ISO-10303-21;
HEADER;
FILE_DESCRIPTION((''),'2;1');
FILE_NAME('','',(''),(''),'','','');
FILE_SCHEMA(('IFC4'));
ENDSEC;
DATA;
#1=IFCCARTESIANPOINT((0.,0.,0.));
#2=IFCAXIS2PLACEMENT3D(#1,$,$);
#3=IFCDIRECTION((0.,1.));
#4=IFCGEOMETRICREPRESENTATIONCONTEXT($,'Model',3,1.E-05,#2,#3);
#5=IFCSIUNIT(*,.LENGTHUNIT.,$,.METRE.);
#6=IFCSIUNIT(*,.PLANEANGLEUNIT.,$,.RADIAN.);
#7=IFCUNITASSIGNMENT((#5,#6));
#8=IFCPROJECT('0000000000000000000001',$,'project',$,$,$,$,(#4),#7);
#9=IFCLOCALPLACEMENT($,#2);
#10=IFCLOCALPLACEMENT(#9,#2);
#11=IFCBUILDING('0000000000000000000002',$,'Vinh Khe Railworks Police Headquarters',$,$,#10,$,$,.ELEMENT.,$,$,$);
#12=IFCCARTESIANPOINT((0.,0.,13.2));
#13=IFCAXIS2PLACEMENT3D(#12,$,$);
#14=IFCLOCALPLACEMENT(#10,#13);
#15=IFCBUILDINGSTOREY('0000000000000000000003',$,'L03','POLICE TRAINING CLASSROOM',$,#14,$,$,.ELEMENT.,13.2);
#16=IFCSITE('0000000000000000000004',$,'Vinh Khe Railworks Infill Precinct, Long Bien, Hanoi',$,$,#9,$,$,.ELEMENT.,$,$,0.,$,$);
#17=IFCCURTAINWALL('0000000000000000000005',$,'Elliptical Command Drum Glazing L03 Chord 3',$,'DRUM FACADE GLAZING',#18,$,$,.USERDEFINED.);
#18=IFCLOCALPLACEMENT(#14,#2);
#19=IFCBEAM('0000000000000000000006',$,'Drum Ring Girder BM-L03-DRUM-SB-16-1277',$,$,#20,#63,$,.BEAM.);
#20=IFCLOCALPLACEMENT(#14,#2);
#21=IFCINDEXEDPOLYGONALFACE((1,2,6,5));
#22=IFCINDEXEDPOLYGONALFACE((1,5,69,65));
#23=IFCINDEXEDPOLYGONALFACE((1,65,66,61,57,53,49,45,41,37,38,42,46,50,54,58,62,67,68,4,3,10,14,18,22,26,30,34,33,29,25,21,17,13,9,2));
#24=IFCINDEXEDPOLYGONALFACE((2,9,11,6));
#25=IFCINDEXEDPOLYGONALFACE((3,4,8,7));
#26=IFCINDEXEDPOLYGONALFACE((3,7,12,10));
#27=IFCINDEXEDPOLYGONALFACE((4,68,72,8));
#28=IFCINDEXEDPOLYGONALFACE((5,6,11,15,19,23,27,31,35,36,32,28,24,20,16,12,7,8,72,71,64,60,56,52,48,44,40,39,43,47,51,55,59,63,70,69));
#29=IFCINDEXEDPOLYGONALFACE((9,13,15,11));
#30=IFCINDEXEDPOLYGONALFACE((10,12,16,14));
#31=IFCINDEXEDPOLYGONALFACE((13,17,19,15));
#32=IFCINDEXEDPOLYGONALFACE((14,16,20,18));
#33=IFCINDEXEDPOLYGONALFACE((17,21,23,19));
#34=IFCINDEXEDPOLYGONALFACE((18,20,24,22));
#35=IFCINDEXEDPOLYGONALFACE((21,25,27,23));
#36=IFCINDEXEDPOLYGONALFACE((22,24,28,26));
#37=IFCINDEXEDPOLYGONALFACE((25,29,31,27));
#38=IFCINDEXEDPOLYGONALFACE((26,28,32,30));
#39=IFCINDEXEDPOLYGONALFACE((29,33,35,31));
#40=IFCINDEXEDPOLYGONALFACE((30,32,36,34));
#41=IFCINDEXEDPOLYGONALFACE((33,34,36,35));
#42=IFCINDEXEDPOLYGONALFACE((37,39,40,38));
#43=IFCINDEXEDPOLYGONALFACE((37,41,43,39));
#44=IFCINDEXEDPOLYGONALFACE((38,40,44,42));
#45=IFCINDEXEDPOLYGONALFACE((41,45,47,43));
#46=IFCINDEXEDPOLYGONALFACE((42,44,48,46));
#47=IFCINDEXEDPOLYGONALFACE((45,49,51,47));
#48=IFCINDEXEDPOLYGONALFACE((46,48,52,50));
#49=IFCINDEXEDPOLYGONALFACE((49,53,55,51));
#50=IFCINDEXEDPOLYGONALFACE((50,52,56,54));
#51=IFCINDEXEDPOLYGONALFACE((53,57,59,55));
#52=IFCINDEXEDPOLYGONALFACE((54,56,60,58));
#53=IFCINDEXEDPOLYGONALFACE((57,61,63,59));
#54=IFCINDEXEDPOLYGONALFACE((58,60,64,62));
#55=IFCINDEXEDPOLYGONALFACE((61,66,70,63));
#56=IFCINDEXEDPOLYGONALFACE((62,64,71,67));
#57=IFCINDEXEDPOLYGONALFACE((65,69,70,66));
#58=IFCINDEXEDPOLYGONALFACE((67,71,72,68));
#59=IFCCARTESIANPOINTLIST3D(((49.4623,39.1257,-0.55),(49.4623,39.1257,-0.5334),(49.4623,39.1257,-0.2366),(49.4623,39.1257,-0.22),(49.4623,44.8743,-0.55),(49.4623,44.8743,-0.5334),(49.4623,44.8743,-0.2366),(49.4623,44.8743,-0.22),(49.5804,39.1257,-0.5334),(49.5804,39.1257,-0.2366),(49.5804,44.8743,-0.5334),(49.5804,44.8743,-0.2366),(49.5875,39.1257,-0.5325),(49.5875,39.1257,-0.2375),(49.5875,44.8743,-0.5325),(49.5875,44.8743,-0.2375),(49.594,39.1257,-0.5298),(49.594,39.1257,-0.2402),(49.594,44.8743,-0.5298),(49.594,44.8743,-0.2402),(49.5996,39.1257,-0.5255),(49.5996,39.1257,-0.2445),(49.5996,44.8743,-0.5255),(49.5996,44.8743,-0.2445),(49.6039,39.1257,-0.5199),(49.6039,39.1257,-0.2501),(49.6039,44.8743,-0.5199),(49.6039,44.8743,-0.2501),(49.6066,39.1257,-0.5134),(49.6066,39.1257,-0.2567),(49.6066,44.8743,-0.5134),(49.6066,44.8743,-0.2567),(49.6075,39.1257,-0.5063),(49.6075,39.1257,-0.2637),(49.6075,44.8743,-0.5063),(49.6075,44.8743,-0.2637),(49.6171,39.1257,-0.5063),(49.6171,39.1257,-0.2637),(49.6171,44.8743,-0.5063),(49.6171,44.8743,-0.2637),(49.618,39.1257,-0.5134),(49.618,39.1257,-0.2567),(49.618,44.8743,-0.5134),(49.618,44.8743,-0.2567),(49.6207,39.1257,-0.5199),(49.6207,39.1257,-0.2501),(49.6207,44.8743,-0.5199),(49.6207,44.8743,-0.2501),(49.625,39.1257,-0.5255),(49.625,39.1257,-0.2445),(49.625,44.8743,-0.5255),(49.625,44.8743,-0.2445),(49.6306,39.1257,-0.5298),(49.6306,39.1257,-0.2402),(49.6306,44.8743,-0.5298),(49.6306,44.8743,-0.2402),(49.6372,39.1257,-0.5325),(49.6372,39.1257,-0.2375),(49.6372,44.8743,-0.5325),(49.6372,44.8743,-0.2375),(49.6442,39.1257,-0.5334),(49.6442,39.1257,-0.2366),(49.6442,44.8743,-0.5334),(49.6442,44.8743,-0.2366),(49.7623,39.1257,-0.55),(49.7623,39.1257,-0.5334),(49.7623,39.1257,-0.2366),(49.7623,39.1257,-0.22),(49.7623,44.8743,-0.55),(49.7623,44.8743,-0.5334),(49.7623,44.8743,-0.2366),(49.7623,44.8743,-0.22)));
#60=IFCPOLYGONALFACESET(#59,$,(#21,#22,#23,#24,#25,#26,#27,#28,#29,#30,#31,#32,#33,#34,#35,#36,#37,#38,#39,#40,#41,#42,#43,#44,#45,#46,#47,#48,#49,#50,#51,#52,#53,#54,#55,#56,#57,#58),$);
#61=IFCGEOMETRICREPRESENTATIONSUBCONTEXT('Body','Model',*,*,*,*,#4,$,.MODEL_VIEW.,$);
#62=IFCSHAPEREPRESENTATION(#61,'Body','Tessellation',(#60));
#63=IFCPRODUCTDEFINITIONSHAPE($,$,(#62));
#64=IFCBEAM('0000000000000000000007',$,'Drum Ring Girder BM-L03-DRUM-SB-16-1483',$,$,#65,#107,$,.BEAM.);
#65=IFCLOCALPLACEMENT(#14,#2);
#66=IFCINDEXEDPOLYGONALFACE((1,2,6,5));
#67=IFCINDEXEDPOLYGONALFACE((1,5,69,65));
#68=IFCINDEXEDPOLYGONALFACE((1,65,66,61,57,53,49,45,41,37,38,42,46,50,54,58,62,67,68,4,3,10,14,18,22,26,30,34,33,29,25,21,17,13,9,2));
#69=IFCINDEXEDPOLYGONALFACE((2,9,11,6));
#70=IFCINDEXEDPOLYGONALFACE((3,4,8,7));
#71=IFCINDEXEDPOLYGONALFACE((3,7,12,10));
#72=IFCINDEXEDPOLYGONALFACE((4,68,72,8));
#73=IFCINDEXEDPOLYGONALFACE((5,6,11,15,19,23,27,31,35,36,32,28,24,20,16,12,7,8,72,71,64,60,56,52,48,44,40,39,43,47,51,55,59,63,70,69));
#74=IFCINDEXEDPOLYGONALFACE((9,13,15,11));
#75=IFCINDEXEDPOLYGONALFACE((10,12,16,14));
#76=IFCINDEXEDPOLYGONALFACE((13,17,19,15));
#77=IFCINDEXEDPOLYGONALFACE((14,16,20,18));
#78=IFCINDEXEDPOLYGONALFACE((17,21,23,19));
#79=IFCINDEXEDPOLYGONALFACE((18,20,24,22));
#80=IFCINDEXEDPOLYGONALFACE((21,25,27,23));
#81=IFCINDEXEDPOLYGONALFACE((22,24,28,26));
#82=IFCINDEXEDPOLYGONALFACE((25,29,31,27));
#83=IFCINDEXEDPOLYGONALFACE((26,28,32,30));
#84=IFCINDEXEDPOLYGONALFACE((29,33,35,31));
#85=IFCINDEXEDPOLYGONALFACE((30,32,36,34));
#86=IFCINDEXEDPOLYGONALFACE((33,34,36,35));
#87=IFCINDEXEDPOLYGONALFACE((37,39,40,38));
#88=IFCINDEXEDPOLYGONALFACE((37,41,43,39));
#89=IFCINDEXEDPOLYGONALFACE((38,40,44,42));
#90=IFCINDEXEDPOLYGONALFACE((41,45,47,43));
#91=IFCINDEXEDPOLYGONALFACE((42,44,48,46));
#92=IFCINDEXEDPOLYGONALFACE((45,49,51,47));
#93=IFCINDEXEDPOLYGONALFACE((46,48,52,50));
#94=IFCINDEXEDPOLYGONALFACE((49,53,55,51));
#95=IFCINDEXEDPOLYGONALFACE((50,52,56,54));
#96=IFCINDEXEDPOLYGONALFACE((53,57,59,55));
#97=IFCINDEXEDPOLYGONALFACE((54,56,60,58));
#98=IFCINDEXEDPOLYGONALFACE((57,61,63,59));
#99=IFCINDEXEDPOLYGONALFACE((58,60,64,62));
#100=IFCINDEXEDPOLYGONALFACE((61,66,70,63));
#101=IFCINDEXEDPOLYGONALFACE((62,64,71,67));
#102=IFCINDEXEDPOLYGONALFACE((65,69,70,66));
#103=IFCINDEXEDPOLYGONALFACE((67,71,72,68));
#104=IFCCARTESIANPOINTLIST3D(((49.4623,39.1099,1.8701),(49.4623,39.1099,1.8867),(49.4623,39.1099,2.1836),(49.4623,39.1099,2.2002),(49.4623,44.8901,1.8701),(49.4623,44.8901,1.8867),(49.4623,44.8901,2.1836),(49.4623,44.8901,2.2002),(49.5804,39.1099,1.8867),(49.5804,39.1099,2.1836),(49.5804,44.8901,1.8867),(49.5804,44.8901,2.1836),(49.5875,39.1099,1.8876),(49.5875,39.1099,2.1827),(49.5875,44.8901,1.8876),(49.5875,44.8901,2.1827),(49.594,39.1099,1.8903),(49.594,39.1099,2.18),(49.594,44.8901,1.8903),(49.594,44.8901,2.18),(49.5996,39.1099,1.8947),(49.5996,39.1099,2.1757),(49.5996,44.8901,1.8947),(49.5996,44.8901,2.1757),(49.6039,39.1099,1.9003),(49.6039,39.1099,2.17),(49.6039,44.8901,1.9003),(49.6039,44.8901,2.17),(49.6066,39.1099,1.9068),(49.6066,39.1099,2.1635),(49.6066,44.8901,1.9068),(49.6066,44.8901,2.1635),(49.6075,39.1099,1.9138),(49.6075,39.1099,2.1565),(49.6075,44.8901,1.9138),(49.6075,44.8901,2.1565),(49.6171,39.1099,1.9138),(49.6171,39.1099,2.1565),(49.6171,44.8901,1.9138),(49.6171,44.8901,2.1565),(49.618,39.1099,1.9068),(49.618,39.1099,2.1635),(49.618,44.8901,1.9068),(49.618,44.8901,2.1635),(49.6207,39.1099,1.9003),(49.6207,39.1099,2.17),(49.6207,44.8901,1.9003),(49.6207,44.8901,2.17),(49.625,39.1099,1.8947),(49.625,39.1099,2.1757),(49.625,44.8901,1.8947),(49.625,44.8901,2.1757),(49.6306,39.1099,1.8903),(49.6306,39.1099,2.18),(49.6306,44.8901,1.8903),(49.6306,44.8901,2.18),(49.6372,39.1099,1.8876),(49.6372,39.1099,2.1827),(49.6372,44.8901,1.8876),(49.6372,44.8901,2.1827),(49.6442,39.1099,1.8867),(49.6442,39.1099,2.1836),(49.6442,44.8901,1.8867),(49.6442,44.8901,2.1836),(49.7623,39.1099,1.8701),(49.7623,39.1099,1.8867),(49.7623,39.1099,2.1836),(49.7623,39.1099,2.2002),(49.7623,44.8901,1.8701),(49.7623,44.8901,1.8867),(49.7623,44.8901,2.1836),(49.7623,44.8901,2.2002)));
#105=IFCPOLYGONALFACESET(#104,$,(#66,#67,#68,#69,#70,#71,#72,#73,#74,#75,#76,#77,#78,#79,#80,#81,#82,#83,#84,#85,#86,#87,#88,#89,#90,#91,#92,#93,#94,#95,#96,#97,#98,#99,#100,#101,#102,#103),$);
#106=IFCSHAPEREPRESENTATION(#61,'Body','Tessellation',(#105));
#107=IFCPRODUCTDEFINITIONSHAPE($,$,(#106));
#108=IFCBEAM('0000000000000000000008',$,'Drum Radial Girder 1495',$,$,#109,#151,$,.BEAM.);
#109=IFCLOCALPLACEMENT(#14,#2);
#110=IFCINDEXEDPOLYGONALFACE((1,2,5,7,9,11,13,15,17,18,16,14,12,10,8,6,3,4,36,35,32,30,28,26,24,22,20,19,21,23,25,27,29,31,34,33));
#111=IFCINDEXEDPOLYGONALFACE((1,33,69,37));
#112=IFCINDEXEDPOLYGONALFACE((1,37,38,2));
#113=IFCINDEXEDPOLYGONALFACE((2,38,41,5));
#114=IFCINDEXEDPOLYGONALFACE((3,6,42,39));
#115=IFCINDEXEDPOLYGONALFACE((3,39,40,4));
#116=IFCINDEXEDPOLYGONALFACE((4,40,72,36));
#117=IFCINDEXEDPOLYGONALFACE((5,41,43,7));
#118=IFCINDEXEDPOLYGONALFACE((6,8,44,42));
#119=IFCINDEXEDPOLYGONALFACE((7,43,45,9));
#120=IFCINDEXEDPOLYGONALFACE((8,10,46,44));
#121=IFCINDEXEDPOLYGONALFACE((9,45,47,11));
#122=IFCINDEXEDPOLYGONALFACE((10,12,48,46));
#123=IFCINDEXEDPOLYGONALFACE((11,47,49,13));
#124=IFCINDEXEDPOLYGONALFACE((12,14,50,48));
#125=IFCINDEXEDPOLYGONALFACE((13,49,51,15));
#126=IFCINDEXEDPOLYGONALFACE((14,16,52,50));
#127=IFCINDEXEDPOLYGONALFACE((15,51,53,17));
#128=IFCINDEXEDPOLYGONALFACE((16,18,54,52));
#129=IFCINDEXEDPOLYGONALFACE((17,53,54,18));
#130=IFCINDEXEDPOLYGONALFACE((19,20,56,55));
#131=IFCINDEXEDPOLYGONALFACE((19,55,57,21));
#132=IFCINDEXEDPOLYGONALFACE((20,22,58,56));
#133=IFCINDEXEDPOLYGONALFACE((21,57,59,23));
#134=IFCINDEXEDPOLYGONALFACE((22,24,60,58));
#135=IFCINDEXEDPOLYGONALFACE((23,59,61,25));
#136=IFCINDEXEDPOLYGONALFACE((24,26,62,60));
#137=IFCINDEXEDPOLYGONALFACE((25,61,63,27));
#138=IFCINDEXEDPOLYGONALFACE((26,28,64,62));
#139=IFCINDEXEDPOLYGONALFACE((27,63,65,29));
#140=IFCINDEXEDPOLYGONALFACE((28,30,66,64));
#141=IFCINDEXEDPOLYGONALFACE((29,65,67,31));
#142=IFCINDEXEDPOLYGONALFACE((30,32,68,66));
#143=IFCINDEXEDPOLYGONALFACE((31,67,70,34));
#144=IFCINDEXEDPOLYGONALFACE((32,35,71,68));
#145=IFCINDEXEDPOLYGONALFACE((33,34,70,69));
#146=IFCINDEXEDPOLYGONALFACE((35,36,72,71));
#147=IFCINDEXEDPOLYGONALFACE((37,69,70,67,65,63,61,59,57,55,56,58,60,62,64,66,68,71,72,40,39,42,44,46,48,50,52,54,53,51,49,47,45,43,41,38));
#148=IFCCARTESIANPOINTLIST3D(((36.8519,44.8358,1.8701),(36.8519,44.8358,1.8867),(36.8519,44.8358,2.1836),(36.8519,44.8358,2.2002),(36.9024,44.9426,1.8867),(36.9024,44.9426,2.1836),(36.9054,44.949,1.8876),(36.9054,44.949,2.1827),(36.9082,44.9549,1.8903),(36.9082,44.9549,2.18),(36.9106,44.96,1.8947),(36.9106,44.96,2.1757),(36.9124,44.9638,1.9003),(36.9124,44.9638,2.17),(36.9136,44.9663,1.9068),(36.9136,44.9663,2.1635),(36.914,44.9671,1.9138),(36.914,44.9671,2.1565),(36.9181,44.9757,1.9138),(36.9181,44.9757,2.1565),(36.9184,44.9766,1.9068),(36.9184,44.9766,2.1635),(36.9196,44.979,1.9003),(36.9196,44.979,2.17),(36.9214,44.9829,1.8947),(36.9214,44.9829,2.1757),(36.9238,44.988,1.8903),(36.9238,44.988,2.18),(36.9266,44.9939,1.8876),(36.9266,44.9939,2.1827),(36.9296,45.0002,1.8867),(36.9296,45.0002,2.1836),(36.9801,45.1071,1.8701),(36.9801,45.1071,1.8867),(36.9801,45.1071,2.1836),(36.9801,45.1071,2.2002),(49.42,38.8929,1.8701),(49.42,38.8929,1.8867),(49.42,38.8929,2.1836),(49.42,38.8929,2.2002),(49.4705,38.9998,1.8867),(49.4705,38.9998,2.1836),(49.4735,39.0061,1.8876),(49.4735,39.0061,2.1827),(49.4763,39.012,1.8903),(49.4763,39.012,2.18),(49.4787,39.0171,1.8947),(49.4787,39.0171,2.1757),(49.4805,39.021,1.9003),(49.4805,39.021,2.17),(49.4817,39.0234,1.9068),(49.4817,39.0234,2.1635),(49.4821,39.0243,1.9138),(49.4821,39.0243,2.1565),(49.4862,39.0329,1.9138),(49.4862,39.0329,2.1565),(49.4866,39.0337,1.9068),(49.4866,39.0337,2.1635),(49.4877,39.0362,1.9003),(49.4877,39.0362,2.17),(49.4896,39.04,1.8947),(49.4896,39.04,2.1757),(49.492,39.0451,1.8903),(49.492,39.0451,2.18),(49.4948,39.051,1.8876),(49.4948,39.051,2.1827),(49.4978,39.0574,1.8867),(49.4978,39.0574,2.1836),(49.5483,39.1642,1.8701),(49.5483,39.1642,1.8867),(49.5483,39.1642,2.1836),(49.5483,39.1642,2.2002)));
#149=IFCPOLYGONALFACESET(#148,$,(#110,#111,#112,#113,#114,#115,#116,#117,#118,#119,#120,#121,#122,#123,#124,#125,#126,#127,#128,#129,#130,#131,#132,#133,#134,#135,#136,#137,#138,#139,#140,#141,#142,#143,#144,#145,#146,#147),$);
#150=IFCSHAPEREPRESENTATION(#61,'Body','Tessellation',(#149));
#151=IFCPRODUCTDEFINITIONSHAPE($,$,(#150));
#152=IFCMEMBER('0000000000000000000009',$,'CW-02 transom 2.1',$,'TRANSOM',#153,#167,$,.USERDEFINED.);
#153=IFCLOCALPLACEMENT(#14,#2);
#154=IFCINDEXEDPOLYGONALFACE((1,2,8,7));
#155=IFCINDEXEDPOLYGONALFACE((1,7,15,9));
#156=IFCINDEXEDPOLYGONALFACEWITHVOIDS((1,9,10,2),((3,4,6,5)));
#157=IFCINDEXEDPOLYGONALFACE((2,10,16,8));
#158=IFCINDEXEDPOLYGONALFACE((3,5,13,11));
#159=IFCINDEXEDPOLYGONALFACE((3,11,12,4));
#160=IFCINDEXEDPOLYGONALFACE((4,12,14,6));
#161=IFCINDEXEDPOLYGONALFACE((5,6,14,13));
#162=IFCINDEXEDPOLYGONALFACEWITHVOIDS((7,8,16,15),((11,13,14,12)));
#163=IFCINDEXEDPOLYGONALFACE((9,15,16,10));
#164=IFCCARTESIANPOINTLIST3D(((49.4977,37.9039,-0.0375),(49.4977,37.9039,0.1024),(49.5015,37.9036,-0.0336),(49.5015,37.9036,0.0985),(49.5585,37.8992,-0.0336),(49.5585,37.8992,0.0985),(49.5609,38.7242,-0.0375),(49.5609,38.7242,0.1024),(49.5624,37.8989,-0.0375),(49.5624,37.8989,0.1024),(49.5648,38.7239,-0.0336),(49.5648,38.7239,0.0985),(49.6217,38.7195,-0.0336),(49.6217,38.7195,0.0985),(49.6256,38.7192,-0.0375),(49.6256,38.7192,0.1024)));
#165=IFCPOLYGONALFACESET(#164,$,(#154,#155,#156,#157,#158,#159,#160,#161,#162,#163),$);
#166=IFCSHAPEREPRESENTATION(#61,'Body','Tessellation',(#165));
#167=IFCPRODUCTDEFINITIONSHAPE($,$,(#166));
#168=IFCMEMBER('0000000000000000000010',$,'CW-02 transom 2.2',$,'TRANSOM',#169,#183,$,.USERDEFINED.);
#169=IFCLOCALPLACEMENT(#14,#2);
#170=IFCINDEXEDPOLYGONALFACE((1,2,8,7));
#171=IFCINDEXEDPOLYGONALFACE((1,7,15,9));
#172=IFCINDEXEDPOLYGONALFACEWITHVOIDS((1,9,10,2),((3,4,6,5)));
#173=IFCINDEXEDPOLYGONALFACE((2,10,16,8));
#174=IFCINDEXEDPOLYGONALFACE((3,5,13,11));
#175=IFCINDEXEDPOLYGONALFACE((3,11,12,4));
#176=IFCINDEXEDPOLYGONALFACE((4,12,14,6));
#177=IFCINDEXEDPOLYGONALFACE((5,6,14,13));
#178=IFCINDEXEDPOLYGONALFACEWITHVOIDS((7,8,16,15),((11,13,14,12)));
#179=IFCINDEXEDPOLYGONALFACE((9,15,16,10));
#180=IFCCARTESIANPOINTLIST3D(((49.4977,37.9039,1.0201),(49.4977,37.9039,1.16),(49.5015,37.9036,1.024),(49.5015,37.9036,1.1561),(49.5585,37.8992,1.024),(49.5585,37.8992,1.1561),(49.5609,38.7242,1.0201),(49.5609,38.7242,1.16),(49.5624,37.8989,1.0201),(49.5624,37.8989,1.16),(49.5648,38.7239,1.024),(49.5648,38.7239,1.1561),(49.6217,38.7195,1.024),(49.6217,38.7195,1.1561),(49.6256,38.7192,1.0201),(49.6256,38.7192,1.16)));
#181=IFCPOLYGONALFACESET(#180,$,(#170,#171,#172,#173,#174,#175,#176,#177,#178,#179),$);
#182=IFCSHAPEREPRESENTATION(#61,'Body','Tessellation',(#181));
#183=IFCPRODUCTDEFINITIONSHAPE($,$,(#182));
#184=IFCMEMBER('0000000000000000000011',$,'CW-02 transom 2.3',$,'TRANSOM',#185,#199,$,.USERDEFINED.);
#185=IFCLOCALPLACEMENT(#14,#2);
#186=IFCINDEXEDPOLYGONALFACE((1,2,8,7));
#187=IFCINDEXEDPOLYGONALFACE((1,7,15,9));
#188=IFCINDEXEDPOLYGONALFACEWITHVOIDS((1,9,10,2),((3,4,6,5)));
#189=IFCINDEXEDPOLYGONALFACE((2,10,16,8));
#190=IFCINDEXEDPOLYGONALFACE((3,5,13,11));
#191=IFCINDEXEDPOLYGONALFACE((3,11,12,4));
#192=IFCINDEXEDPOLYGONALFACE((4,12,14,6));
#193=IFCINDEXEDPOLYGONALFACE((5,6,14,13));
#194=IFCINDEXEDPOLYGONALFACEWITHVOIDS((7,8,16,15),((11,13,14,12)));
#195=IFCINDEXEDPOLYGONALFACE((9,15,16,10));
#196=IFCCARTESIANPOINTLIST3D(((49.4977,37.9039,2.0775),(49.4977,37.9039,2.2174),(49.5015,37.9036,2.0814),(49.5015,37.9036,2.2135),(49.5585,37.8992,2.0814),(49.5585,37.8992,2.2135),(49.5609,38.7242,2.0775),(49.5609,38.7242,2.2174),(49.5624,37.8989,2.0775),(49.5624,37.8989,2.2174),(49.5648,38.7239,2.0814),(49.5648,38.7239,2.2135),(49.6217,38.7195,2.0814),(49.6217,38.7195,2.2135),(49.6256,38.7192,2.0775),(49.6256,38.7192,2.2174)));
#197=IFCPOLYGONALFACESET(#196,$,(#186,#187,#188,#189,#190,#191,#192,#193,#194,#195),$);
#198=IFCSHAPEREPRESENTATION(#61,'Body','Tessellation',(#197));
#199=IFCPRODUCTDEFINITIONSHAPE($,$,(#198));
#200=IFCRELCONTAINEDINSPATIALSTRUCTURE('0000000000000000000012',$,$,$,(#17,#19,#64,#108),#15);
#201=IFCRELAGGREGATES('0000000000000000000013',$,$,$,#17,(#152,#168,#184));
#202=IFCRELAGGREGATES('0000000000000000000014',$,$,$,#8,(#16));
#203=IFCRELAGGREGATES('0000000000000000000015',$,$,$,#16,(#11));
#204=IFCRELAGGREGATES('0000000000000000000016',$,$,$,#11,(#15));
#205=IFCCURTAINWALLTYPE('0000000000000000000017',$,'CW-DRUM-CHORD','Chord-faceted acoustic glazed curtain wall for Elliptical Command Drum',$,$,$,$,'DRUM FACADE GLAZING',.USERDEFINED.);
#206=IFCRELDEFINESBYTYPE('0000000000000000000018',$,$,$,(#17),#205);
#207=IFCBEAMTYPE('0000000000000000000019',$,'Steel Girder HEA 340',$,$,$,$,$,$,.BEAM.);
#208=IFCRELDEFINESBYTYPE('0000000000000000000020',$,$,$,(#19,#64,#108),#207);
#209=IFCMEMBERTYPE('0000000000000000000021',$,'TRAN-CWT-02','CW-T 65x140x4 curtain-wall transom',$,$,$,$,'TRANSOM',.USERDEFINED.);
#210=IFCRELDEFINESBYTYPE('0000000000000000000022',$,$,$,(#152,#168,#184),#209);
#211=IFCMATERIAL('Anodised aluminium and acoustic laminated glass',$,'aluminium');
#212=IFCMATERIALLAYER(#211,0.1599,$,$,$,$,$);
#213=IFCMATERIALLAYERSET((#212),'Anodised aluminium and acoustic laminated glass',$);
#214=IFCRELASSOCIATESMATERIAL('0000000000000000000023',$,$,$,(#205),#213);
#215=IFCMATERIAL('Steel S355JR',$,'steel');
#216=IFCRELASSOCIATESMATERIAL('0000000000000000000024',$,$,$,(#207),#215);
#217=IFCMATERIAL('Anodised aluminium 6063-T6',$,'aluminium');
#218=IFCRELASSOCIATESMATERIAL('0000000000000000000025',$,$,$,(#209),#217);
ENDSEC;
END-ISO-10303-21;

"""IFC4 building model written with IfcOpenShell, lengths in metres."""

from ifc_helpers import new_model, si_unit, direction, frame, origin, origin_2d, place, context, subcontext, project, spatial, hollow_rectangle, i_section, extrude, material, layer, layer_set, material_profile, profile_set, type_object, element, aggregate, save


model = new_model("IFC4")

# Units and contexts
model_context = context("Model", 3, precision=1e-05, world=origin(), true_north=direction((0.0, 1.0)))
body_context = subcontext(model_context, "Body", "Model", "MODEL_VIEW")
ifc_project = project(units=[si_unit("LENGTHUNIT", "METRE"), si_unit("PLANEANGLEUNIT", "RADIAN")], contexts=[model_context])

# Site, building, storey
site_placement = place(None, origin())
site = spatial("IfcSite", under=ifc_project, at=site_placement, Name="Vinh Khe Railworks Infill Precinct, Long Bien, Hanoi", CompositionType="ELEMENT", RefElevation=0.0)
building_placement = place(site_placement, origin())
building = spatial("IfcBuilding", under=site, at=building_placement, Name="Vinh Khe Railworks Police Headquarters", CompositionType="ELEMENT")
storey_placement = place(building_placement, frame((0.0, 0.0, 13.2)))
storey = spatial("IfcBuildingStorey", under=building, at=storey_placement, Name="L03", Description="POLICE TRAINING CLASSROOM", CompositionType="ELEMENT", Elevation=13.2)

# Shared definitions
ifc_material_1 = material(Name="Steel S355JR", Category="steel")

# Curtain wall
ifc_material_2 = material(Name="Anodised aluminium and acoustic laminated glass", Category="aluminium")
ifc_layer_1 = layer(ifc_material_2, 0.1599)
ifc_layer_set_1 = layer_set([ifc_layer_1], Name="Anodised aluminium and acoustic laminated glass")
curtain_wall_type = type_object("IfcCurtainWallType", Name="CW-DRUM-CHORD", Description="Chord-faceted acoustic glazed curtain wall for Elliptical Command Drum", ElementType="DRUM FACADE GLAZING", PredefinedType="USERDEFINED", material=ifc_layer_set_1)
curtain_wall_1_placement = place(storey_placement, origin())
curtain_wall_1 = element("IfcCurtainWall", 1, at=curtain_wall_1_placement, inside=storey, type_object=curtain_wall_type, Name="Elliptical Command Drum Glazing L03 Chord 3", ObjectType="DRUM FACADE GLAZING", PredefinedType="USERDEFINED")
ifc_material_3 = material(Name="Anodised aluminium 6063-T6", Category="aluminium")

# Beams
ifc_material_profile_1 = material_profile(ifc_material_1, i_section(OverallWidth=0.3, OverallDepth=0.3301, WebThickness=0.0095, FlangeThickness=0.0166, FilletRadius=0.0271, at=origin_2d()), Name="HEA 340")
ifc_profile_set_1 = profile_set([ifc_material_profile_1], Name="Steel S355JR")
beam_type = type_object("IfcBeamType", Name="Steel Girder HEA 340", PredefinedType="BEAM", material=ifc_profile_set_1)
beam_1_placement = place(storey_placement, frame((49.6123, 39.1257, -0.385), z_axis=(0.0, 1.0, 0.0), x_axis=(-1.0, 0.0, 0.0)))
element("IfcBeam", 2, at=beam_1_placement, inside=storey, type_object=beam_type, Name="Drum Ring Girder BM-L03-DRUM-SB-16-1277", PredefinedType="BEAM", context=body_context, shape_type="SweptSolid", body=[
    extrude(i_section(OverallWidth=0.3, OverallDepth=0.3301, WebThickness=0.0095, FlangeThickness=0.0166, FilletRadius=0.0271, at=origin_2d()), origin(), (0.0, 0.0, 1.0), 5.7485),
])
beam_2_placement = place(storey_placement, frame((49.6123, 39.1099, 2.0352), z_axis=(0.0, 1.0, 0.0), x_axis=(-1.0, 0.0, 0.0)))
element("IfcBeam", 3, at=beam_2_placement, inside=storey, type_object=beam_type, Name="Drum Ring Girder BM-L03-DRUM-SB-16-1483", PredefinedType="BEAM", context=body_context, shape_type="SweptSolid", body=[
    extrude(i_section(OverallWidth=0.3, OverallDepth=0.3301, WebThickness=0.0095, FlangeThickness=0.0166, FilletRadius=0.0271, at=origin_2d()), origin(), (0.0, 0.0, 1.0), 5.7803),
])
beam_3_placement = place(storey_placement, frame((49.4841, 39.0286, 2.0352), z_axis=(-0.904028, 0.427473, 0.0), x_axis=(-0.427473, -0.904028, 0.0)))
element("IfcBeam", 4, at=beam_3_placement, inside=storey, type_object=beam_type, Name="Drum Radial Girder 1495", PredefinedType="BEAM", context=body_context, shape_type="SweptSolid", body=[
    extrude(i_section(OverallWidth=0.3, OverallDepth=0.3301, WebThickness=0.0095, FlangeThickness=0.0166, FilletRadius=0.0271, at=origin_2d()), origin(), (0.0, 0.0, 1.0), 13.9023),
])

# Members
ifc_material_profile_2 = material_profile(ifc_material_3, hollow_rectangle(XDim=0.0649, YDim=0.1399, WallThickness=0.0039, at=origin_2d()), Name="CW-T 65x140x4")
ifc_profile_set_2 = profile_set([ifc_material_profile_2], Name="Anodised aluminium 6063-T6")
member_type_1 = type_object("IfcMemberType", Name="TRAN-CWT-02", Description="CW-T 65x140x4 curtain-wall transom", ElementType="TRANSOM", PredefinedType="USERDEFINED", material=ifc_profile_set_2)
member_1_placement = place(storey_placement, frame((49.53, 37.9014, 0.0325), z_axis=(0.076855, 0.997042, 0.0), x_axis=(-0.997042, 0.076855, 0.0)))
member_1 = element("IfcMember", 5, at=member_1_placement, type_object=member_type_1, Name="CW-02 transom 2.1", ObjectType="TRANSOM", PredefinedType="USERDEFINED", context=body_context, shape_type="SweptSolid", body=[
    extrude(hollow_rectangle(XDim=0.0649, YDim=0.1399, WallThickness=0.0039, at=origin_2d()), origin(), (0.0, 0.0, 1.0), 0.8228),
])
member_2_placement = place(storey_placement, frame((49.53, 37.9014, 1.0901), z_axis=(0.076855, 0.997042, 0.0), x_axis=(-0.997042, 0.076855, 0.0)))
member_2 = element("IfcMember", 6, at=member_2_placement, type_object=member_type_1, Name="CW-02 transom 2.2", ObjectType="TRANSOM", PredefinedType="USERDEFINED", context=body_context, shape_type="SweptSolid", body=[
    extrude(hollow_rectangle(XDim=0.0649, YDim=0.1399, WallThickness=0.0039, at=origin_2d()), origin(), (0.0, 0.0, 1.0), 0.8228),
])
member_3_placement = place(storey_placement, frame((49.53, 37.9014, 2.1475), z_axis=(0.076855, 0.997042, 0.0), x_axis=(-0.997042, 0.076855, 0.0)))
member_3 = element("IfcMember", 7, at=member_3_placement, type_object=member_type_1, Name="CW-02 transom 2.3", ObjectType="TRANSOM", PredefinedType="USERDEFINED", context=body_context, shape_type="SweptSolid", body=[
    extrude(hollow_rectangle(XDim=0.0649, YDim=0.1399, WallThickness=0.0039, at=origin_2d()), origin(), (0.0, 0.0, 1.0), 0.8228),
])

aggregate(curtain_wall_1, [member_1, member_2, member_3])

save(model, "model.ifc")
